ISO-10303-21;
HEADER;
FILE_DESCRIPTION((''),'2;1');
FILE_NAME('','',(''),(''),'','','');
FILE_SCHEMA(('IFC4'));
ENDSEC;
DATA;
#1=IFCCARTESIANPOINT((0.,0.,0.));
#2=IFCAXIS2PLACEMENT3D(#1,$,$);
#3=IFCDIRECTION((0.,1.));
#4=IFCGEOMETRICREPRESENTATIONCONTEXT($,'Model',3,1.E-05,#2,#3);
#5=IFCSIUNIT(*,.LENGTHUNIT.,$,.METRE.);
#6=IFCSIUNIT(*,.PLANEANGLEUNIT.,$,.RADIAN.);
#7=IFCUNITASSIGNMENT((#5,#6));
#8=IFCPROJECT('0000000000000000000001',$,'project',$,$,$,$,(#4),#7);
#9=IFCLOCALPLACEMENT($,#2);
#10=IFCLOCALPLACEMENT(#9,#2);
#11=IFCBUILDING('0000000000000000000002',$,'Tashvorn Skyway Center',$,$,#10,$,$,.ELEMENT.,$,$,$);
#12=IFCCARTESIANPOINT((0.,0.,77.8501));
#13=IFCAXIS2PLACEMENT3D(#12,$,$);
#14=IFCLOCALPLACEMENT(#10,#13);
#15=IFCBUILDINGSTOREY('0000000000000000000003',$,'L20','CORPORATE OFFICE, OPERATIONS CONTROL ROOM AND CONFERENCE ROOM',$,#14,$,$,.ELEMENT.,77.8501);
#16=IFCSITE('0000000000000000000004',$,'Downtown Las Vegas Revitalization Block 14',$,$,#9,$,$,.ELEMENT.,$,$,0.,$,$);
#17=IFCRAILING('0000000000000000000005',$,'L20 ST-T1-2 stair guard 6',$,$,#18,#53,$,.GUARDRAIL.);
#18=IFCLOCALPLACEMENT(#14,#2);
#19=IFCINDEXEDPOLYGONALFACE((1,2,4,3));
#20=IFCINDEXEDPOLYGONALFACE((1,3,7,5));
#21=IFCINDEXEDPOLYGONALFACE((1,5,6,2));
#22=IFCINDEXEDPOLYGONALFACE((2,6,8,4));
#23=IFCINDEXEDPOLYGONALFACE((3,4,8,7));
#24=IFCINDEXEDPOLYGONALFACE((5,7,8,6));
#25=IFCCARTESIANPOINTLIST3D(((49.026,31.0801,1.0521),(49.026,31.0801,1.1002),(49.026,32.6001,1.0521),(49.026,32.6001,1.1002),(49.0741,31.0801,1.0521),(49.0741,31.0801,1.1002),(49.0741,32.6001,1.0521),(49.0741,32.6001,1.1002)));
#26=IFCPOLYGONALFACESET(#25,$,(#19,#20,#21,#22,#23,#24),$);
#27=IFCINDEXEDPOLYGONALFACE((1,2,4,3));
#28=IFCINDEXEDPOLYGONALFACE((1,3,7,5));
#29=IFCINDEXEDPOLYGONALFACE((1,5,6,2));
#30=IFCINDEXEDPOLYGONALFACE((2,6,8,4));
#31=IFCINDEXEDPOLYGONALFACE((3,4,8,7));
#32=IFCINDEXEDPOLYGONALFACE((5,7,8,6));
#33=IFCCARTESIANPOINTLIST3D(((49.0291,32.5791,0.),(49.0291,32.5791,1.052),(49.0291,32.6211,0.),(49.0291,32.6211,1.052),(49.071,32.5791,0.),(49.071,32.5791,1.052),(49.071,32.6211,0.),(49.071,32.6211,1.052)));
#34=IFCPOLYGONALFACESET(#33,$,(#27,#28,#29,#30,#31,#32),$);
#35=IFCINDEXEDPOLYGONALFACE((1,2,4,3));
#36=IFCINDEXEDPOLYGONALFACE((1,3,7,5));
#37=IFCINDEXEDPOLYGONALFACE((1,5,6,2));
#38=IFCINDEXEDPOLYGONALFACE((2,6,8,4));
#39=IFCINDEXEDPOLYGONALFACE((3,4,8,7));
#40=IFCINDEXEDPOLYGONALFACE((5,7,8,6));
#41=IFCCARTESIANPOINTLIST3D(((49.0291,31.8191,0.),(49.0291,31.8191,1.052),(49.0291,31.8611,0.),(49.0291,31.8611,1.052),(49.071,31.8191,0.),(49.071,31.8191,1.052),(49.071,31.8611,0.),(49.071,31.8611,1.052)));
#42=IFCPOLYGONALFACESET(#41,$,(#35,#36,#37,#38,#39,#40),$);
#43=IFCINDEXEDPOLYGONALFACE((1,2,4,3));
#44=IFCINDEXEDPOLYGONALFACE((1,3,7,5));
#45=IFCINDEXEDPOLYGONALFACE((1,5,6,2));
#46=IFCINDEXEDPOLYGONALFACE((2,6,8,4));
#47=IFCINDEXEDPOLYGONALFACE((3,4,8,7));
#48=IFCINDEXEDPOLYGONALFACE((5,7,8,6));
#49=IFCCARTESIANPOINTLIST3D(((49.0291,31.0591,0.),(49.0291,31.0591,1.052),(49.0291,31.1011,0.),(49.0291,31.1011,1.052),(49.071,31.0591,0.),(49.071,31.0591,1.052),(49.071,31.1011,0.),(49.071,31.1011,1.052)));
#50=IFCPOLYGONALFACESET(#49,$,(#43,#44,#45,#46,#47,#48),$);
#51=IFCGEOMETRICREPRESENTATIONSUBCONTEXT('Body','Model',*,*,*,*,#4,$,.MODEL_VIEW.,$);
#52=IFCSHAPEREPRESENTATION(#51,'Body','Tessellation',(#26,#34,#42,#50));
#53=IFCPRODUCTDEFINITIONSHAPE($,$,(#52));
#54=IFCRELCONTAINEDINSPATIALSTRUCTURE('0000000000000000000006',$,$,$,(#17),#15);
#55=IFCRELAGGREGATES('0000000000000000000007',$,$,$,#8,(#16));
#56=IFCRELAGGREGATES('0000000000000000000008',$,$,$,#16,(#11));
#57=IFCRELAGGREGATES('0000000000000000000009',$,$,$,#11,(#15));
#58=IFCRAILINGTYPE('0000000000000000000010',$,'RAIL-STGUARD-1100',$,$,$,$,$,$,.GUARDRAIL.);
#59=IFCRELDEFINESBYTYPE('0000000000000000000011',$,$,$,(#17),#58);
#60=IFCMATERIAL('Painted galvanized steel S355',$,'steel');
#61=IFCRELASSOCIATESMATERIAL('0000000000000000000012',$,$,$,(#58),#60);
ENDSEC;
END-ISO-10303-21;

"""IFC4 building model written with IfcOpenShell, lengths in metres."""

from ifc_helpers import new_model, si_unit, direction, frame, origin, origin_2d, place, context, subcontext, project, spatial, rectangle, extrude, material, type_object, element, save


model = new_model("IFC4")

# Units and contexts
model_context = context("Model", 3, precision=1e-05, world=origin(), true_north=direction((0.0, 1.0)))
body_context = subcontext(model_context, "Body", "Model", "MODEL_VIEW")
ifc_project = project(units=[si_unit("LENGTHUNIT", "METRE"), si_unit("PLANEANGLEUNIT", "RADIAN")], contexts=[model_context])

# Site, building, storey
site_placement = place(None, origin())
site = spatial("IfcSite", under=ifc_project, at=site_placement, Name="Downtown Las Vegas Revitalization Block 14", CompositionType="ELEMENT", RefElevation=0.0)
building_placement = place(site_placement, origin())
building = spatial("IfcBuilding", under=site, at=building_placement, Name="Tashvorn Skyway Center", CompositionType="ELEMENT")
storey_placement = place(building_placement, frame((0.0, 0.0, 77.8501)))
storey = spatial("IfcBuildingStorey", under=building, at=storey_placement, Name="L20", Description="CORPORATE OFFICE, OPERATIONS CONTROL ROOM AND CONFERENCE ROOM", CompositionType="ELEMENT", Elevation=77.8501)

# Railing
ifc_material_1 = material(Name="Painted galvanized steel S355", Category="steel")
railing_type = type_object("IfcRailingType", Name="RAIL-STGUARD-1100", PredefinedType="GUARDRAIL", material=ifc_material_1)
railing_placement = place(storey_placement, frame((49.05, 32.6001, 0.0)))
element("IfcRailing", 1, at=railing_placement, inside=storey, type_object=railing_type, Name="L20 ST-T1-2 stair guard 6", PredefinedType="GUARDRAIL", context=body_context, shape_type="SweptSolid", body=[
    extrude(rectangle(XDim=0.0481, YDim=0.0481, at=origin_2d()), frame((0.0, 0.0, 1.0762), z_axis=(0.0, -1.0, 0.0), x_axis=(1.0, 0.0, 0.0)), (0.0, 0.0, 1.0), 1.52),
    extrude(rectangle(XDim=0.042, YDim=0.042, at=origin_2d()), origin(), (0.0, 0.0, 1.0), 1.052),
    extrude(rectangle(XDim=0.042, YDim=0.042, at=origin_2d()), frame((0.0, -0.76, 0.0)), (0.0, 0.0, 1.0), 1.052),
    extrude(rectangle(XDim=0.042, YDim=0.042, at=origin_2d()), frame((0.0, -1.52, 0.0)), (0.0, 0.0, 1.0), 1.052),
])

save(model, "model.ifc")
